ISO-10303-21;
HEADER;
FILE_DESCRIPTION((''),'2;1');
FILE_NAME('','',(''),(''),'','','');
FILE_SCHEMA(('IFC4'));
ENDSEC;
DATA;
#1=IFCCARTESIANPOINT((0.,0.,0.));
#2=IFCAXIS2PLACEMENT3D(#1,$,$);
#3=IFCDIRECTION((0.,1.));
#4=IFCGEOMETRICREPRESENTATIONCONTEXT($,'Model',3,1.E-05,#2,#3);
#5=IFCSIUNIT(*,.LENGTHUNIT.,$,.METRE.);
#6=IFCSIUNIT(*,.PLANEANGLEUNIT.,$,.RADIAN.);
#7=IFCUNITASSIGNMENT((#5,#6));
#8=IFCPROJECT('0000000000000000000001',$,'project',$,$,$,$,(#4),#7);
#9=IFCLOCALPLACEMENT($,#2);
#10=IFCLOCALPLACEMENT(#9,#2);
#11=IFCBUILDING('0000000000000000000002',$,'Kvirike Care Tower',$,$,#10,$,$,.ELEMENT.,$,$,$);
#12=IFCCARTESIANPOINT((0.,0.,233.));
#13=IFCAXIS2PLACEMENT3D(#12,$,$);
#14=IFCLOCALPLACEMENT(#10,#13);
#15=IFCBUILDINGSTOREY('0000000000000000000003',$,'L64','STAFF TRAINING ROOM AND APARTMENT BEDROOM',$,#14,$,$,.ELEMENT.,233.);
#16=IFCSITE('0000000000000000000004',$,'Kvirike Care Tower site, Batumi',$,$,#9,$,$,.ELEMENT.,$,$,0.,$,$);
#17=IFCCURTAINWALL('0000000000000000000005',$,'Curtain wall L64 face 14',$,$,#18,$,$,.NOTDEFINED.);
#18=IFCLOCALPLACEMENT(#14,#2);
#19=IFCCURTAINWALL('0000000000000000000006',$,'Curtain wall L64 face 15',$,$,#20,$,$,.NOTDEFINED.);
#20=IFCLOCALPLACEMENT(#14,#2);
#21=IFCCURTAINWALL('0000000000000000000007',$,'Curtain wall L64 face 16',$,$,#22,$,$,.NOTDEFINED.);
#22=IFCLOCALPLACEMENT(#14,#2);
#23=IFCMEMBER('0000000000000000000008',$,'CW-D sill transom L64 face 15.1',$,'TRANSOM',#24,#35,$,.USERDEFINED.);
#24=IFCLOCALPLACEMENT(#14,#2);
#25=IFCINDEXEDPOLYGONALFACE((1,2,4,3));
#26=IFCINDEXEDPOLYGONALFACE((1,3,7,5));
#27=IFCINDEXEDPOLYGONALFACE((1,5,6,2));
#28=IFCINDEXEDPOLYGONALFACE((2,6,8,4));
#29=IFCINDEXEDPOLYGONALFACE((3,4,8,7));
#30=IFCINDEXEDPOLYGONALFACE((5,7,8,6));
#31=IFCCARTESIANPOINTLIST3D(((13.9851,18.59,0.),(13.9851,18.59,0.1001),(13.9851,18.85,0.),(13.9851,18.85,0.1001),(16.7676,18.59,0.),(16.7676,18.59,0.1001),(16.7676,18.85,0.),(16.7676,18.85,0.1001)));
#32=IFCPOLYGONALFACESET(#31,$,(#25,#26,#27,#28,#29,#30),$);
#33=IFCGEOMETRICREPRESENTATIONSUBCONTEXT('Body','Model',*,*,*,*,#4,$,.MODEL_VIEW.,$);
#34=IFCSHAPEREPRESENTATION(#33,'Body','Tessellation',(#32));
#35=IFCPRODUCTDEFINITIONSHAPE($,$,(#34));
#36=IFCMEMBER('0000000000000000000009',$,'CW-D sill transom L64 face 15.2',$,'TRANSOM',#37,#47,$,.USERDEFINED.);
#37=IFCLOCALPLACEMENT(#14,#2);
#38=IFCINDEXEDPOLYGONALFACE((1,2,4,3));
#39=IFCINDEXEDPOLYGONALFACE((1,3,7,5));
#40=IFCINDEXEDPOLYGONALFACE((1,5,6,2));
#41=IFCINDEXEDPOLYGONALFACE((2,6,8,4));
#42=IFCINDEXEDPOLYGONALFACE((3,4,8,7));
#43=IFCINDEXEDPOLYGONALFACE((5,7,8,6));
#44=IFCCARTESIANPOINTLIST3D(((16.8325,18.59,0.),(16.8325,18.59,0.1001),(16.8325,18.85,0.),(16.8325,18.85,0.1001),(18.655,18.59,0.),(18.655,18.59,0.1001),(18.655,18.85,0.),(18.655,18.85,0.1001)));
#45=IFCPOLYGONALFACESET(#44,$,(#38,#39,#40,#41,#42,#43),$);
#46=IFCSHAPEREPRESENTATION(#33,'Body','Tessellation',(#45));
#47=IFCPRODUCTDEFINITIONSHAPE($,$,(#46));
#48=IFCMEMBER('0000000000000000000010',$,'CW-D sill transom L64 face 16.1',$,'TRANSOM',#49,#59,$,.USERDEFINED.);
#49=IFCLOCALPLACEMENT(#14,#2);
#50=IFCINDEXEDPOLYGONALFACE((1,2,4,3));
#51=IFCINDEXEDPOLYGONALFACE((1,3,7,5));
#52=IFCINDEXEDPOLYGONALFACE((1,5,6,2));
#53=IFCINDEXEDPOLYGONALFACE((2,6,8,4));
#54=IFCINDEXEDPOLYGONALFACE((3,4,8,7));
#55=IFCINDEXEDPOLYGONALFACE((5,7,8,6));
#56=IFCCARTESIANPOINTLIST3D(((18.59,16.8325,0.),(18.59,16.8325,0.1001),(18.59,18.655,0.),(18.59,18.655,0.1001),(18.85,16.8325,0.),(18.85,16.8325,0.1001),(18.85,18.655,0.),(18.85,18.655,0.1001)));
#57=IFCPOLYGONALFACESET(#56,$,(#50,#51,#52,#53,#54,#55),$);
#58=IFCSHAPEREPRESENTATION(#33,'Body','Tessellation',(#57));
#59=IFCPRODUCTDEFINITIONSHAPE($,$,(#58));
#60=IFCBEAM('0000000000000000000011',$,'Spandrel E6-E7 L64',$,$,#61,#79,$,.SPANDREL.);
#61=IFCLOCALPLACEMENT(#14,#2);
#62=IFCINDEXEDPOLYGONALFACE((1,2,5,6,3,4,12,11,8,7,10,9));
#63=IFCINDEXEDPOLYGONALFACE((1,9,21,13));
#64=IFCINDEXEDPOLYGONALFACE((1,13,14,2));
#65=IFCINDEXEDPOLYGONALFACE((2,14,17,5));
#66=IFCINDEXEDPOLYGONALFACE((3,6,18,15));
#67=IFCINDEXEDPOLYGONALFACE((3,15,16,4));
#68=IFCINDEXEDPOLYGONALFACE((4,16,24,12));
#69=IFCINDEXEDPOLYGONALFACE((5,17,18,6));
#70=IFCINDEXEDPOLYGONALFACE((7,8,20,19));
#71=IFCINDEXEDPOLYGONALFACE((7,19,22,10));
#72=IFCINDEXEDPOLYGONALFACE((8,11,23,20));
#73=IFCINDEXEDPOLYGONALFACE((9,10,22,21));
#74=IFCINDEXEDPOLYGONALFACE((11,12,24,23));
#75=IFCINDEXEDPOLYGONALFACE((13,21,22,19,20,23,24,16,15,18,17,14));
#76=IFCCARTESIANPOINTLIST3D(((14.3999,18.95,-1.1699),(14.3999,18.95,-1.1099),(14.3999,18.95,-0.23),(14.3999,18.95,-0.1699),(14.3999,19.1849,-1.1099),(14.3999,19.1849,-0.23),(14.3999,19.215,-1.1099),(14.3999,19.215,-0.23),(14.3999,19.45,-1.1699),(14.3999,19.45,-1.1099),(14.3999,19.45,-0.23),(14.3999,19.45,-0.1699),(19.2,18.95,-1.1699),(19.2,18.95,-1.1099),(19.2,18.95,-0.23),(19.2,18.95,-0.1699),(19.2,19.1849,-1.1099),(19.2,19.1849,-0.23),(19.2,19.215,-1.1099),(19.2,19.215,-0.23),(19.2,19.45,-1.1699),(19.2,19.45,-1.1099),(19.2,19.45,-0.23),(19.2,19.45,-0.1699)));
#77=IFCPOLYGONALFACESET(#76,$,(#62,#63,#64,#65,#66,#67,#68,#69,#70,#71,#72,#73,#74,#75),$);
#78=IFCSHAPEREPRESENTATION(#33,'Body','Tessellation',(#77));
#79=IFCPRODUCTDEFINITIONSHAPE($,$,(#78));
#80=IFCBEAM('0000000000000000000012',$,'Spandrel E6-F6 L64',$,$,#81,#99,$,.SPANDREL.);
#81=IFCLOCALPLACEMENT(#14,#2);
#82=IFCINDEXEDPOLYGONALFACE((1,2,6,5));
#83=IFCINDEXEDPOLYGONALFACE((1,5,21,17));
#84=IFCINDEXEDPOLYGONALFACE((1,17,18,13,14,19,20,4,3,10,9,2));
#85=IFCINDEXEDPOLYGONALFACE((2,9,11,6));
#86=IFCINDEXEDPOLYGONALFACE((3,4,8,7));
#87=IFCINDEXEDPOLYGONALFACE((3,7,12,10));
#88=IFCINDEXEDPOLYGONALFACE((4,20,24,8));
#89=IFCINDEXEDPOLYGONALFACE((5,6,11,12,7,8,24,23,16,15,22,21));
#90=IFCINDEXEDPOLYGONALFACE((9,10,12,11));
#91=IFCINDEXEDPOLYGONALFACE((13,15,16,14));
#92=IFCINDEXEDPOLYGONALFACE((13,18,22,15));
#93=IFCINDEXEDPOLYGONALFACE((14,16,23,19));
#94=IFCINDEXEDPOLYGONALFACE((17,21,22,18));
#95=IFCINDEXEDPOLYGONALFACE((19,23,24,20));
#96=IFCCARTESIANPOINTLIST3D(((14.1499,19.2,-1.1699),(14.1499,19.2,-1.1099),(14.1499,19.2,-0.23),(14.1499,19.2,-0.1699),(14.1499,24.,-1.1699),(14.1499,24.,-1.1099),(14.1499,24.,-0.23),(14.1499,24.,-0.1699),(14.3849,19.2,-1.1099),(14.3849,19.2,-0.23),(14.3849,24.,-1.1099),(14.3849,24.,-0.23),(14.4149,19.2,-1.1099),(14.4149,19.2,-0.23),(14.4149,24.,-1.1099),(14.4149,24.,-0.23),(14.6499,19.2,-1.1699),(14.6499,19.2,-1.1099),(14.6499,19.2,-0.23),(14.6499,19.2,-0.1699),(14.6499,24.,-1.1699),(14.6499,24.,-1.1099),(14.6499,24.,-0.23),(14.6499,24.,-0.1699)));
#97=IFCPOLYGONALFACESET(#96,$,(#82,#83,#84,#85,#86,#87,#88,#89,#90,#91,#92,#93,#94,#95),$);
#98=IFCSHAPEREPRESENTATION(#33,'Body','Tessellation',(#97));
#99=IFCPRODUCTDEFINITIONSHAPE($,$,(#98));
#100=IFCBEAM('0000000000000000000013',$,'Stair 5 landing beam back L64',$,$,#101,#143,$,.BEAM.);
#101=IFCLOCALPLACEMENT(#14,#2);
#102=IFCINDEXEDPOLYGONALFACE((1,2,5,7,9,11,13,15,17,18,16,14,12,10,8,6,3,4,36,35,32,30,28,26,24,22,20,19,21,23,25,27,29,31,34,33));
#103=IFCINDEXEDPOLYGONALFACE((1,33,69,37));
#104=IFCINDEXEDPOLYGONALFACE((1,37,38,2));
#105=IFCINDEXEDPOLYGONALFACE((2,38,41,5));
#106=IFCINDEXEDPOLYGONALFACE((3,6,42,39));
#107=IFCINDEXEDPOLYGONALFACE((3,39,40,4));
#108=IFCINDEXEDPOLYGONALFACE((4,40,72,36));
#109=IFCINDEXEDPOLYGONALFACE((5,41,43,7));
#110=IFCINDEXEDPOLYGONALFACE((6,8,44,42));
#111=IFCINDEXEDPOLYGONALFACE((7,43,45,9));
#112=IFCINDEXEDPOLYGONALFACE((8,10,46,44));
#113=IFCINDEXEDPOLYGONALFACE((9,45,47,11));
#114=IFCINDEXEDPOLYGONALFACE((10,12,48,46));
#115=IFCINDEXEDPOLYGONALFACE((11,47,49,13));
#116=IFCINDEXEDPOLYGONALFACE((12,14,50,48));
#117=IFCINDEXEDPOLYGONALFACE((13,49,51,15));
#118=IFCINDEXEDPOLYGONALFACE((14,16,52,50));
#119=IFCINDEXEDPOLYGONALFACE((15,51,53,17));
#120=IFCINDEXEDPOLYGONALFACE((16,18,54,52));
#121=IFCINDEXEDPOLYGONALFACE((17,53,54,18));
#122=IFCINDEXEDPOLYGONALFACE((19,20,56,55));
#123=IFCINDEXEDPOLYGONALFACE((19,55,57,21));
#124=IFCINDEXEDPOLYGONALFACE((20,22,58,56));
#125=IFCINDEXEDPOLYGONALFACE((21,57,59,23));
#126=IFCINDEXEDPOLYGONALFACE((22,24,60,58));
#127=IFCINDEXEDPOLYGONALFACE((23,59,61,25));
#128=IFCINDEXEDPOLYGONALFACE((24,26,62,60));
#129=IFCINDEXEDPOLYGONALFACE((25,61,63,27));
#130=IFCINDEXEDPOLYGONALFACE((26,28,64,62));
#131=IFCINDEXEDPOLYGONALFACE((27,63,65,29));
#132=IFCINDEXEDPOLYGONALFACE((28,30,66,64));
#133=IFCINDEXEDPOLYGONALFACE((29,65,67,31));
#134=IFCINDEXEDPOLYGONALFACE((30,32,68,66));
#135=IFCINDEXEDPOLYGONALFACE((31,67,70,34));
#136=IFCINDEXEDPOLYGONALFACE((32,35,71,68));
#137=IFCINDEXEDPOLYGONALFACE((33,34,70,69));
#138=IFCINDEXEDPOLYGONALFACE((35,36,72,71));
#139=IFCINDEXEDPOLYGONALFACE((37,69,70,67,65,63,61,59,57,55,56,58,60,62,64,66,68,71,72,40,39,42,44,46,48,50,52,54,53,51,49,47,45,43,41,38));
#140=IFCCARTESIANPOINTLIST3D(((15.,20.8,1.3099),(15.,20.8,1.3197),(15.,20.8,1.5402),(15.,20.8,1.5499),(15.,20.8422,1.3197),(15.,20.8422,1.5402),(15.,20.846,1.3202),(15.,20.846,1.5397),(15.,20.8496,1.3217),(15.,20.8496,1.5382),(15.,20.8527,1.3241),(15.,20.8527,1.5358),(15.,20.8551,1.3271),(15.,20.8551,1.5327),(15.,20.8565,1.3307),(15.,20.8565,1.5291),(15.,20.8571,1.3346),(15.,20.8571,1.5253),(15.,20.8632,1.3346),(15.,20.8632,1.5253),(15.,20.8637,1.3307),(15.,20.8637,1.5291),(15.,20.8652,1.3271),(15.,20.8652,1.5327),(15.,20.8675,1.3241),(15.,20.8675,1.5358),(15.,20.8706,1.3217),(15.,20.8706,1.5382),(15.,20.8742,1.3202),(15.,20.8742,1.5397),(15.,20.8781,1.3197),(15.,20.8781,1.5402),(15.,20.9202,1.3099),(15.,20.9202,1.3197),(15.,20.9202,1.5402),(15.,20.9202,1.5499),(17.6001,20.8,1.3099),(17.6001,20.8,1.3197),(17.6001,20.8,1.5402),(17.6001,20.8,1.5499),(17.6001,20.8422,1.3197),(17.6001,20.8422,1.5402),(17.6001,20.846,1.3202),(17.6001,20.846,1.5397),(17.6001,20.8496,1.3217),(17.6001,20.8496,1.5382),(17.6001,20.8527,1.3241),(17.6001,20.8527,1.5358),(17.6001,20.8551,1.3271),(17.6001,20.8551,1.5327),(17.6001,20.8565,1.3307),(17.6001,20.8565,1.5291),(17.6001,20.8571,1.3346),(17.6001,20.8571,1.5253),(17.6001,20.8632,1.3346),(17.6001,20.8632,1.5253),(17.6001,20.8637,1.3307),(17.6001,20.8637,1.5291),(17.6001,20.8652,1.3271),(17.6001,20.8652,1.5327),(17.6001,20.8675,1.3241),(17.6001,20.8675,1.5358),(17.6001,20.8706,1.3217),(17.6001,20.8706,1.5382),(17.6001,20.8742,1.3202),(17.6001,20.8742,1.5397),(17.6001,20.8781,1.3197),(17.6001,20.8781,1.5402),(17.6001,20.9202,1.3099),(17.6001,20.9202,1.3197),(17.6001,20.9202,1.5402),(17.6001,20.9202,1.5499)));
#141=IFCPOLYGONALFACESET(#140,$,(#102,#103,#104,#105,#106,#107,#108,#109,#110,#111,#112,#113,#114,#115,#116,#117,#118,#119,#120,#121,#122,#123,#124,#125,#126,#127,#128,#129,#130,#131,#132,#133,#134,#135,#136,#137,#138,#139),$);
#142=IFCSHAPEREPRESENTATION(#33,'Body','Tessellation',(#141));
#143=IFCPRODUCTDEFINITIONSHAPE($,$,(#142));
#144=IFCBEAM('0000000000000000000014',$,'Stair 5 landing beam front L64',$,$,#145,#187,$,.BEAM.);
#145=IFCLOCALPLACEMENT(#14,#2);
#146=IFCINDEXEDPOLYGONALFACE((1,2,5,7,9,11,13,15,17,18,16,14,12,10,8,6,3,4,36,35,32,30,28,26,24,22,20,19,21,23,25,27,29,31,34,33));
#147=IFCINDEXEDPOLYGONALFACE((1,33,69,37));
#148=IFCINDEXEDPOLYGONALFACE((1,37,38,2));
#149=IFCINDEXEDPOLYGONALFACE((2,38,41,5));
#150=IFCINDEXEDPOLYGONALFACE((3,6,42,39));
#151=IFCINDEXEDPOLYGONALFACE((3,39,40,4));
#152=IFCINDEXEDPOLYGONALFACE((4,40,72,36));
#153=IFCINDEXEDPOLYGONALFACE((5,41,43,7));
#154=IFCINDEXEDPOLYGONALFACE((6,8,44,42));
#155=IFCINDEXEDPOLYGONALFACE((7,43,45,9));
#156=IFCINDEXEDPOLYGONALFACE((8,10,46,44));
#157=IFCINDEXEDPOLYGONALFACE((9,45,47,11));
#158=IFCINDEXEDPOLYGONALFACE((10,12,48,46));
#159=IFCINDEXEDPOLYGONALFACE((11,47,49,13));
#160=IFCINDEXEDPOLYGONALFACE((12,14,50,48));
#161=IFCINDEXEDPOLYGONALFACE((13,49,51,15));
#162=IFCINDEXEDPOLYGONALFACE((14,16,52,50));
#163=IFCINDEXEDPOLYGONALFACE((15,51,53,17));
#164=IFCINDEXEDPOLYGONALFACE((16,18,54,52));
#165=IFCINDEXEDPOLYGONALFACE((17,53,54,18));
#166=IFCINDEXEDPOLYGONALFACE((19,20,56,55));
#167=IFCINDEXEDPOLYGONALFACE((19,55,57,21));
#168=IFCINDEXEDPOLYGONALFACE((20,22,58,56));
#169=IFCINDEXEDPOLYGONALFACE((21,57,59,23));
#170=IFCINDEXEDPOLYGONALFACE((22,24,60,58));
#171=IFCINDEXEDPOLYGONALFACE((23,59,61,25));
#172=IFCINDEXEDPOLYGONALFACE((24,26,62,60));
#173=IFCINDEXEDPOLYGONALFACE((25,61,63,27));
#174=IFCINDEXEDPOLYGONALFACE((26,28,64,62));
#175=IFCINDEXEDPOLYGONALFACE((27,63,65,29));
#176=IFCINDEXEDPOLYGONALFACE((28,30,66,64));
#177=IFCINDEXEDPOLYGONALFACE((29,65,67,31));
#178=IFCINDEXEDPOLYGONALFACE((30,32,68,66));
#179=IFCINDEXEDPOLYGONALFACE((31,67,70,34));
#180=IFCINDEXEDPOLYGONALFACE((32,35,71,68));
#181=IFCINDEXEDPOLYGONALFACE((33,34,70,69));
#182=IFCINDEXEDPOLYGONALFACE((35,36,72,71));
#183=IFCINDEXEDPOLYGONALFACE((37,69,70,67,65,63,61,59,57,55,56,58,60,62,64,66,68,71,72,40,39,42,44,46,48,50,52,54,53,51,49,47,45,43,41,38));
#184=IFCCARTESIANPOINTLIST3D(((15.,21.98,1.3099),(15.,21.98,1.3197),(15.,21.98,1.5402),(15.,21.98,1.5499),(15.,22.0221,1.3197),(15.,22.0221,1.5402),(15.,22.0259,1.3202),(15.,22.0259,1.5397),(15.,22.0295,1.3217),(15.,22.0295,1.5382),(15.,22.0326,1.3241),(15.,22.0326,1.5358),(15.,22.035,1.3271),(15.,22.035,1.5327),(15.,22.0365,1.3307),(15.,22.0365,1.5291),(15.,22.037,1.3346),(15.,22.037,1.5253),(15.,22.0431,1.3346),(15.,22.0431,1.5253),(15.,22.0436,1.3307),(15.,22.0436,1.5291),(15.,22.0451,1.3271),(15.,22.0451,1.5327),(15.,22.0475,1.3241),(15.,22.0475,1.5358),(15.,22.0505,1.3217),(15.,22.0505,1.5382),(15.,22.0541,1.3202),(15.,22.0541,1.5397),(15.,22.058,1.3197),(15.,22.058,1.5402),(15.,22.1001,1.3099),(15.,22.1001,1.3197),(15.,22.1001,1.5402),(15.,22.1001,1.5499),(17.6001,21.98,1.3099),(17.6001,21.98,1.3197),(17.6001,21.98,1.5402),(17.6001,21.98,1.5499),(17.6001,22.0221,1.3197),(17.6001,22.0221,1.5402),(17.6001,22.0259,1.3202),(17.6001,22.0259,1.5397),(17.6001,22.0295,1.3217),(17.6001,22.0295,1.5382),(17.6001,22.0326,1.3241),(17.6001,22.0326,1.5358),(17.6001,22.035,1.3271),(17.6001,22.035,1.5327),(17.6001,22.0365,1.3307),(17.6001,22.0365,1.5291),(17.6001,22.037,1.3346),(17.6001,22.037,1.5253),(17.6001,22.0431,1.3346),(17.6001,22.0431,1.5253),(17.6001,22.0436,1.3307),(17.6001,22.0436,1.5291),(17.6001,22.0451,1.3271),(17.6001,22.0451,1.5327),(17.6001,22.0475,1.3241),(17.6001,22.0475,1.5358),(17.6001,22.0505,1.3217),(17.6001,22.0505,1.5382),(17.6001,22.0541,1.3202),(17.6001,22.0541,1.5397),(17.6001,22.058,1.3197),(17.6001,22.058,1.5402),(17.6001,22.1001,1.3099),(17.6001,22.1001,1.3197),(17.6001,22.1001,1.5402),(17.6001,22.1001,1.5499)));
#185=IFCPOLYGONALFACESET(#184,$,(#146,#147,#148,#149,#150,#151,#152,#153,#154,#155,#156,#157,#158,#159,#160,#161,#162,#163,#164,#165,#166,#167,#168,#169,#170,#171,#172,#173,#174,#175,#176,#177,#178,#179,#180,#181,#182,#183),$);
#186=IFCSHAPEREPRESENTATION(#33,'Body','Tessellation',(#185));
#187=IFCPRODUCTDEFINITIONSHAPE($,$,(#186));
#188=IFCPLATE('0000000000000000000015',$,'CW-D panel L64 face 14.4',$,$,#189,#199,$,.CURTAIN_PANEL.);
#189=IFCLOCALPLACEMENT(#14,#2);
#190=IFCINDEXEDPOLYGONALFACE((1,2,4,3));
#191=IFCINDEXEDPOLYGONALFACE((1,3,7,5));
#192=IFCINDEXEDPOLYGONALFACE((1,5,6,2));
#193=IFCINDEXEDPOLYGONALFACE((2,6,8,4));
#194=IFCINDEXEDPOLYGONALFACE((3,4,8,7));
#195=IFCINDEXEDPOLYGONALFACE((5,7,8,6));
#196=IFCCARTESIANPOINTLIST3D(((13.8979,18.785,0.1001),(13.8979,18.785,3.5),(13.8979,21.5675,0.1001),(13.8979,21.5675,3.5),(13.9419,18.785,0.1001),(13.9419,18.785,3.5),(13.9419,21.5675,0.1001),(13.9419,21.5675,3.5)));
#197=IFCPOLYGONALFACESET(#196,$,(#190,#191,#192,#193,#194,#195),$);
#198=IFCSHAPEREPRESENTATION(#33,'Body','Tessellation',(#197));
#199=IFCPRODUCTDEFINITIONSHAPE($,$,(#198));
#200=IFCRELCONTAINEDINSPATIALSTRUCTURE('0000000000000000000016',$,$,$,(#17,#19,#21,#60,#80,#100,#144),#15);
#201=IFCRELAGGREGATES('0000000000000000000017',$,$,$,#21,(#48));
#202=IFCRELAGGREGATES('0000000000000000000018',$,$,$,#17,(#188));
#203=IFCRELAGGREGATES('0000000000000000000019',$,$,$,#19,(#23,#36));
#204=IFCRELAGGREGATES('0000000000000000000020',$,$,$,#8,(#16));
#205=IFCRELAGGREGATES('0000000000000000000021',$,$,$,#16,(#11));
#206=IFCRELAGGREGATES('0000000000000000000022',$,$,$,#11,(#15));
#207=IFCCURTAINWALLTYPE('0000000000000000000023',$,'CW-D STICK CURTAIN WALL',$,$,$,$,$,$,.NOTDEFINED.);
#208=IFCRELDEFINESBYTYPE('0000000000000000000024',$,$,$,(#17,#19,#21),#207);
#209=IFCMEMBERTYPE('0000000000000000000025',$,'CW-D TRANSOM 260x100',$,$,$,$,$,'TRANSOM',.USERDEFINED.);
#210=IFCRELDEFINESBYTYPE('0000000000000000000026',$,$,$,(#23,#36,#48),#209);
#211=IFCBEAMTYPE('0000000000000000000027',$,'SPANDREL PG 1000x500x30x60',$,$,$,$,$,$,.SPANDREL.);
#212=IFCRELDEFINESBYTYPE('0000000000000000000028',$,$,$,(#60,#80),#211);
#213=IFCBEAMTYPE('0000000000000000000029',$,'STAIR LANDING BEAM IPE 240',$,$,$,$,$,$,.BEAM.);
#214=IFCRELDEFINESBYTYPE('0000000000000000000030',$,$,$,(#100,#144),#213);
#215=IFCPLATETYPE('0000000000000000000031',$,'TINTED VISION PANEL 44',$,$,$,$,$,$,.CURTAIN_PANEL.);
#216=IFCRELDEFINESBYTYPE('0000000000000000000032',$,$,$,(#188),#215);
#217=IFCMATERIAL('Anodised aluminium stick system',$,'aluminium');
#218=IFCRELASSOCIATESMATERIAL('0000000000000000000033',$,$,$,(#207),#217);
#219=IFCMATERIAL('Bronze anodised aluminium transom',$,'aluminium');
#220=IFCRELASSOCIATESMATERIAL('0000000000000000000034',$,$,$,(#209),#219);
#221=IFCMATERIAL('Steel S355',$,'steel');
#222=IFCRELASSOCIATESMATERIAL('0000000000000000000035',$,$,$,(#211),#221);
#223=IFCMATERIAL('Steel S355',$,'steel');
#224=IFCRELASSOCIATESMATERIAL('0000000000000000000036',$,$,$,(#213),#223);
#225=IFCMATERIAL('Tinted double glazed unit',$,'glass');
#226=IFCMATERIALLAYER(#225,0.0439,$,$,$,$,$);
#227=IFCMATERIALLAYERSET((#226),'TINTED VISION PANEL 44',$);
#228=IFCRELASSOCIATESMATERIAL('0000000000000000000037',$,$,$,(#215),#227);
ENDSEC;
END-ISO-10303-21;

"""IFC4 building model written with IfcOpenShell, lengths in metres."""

from ifc_helpers import new_model, si_unit, direction, frame, origin, origin_2d, place, context, subcontext, project, spatial, rectangle, i_section, extrude, material, layer, layer_set, material_profile, profile_set, type_object, element, aggregate, save


model = new_model("IFC4")

# Units and contexts
model_context = context("Model", 3, precision=1e-05, world=origin(), true_north=direction((0.0, 1.0)))
body_context = subcontext(model_context, "Body", "Model", "MODEL_VIEW")
ifc_project = project(units=[si_unit("LENGTHUNIT", "METRE"), si_unit("PLANEANGLEUNIT", "RADIAN")], contexts=[model_context])

# Site, building, storey
site_placement = place(None, origin())
site = spatial("IfcSite", under=ifc_project, at=site_placement, Name="Kvirike Care Tower site, Batumi", CompositionType="ELEMENT", RefElevation=0.0)
building_placement = place(site_placement, origin())
building = spatial("IfcBuilding", under=site, at=building_placement, Name="Kvirike Care Tower", CompositionType="ELEMENT")
storey_placement = place(building_placement, frame((0.0, 0.0, 233.0)))
storey = spatial("IfcBuildingStorey", under=building, at=storey_placement, Name="L64", Description="STAFF TRAINING ROOM AND APARTMENT BEDROOM", CompositionType="ELEMENT", Elevation=233.0)

# Curtain walls
ifc_material_1 = material(Name="Anodised aluminium stick system", Category="aluminium")
curtain_wall_type = type_object("IfcCurtainWallType", Name="CW-D STICK CURTAIN WALL", PredefinedType="NOTDEFINED", material=ifc_material_1)
curtain_wall_1_placement = place(storey_placement, origin())
curtain_wall_1 = element("IfcCurtainWall", 1, at=curtain_wall_1_placement, inside=storey, type_object=curtain_wall_type, Name="Curtain wall L64 face 14", PredefinedType="NOTDEFINED")
curtain_wall_2_placement = place(storey_placement, origin())
curtain_wall_2 = element("IfcCurtainWall", 2, at=curtain_wall_2_placement, inside=storey, type_object=curtain_wall_type, Name="Curtain wall L64 face 15", PredefinedType="NOTDEFINED")

# Curtain wall
curtain_wall_3_placement = place(storey_placement, origin())
curtain_wall_3 = element("IfcCurtainWall", 3, at=curtain_wall_3_placement, inside=storey, type_object=curtain_wall_type, Name="Curtain wall L64 face 16", PredefinedType="NOTDEFINED")

# Members
ifc_material_2 = material(Name="Bronze anodised aluminium transom", Category="aluminium")
ifc_material_profile_1 = material_profile(ifc_material_2, rectangle(XDim=0.26, YDim=0.1001, at=origin_2d()), Name="CW-D TRANSOM 260x100")
ifc_profile_set_1 = profile_set([ifc_material_profile_1], Name="Bronze anodised aluminium transom")
member_type_1 = type_object("IfcMemberType", Name="CW-D TRANSOM 260x100", ElementType="TRANSOM", PredefinedType="USERDEFINED", material=ifc_profile_set_1)
member_1_placement = place(storey_placement, frame((13.9851, 18.72, 0.05), z_axis=(1.0, 0.0, 0.0), x_axis=(0.0, 1.0, 0.0)))
member_1 = element("IfcMember", 4, at=member_1_placement, type_object=member_type_1, Name="CW-D sill transom L64 face 15.1", ObjectType="TRANSOM", PredefinedType="USERDEFINED", context=body_context, shape_type="SweptSolid", body=[
    extrude(rectangle(XDim=0.26, YDim=0.1001, at=origin_2d()), origin(), (0.0, 0.0, 1.0), 2.7825),
])
member_2_placement = place(storey_placement, frame((16.8325, 18.72, 0.05), z_axis=(1.0, 0.0, 0.0), x_axis=(0.0, 1.0, 0.0)))
member_2 = element("IfcMember", 5, at=member_2_placement, type_object=member_type_1, Name="CW-D sill transom L64 face 15.2", ObjectType="TRANSOM", PredefinedType="USERDEFINED", context=body_context, shape_type="SweptSolid", body=[
    extrude(rectangle(XDim=0.26, YDim=0.1001, at=origin_2d()), origin(), (0.0, 0.0, 1.0), 1.8225),
])
member_3_placement = place(storey_placement, frame((18.72, 18.655, 0.05), z_axis=(0.0, -1.0, 0.0), x_axis=(1.0, 0.0, 0.0)))
member_3 = element("IfcMember", 6, at=member_3_placement, type_object=member_type_1, Name="CW-D sill transom L64 face 16.1", ObjectType="TRANSOM", PredefinedType="USERDEFINED", context=body_context, shape_type="SweptSolid", body=[
    extrude(rectangle(XDim=0.26, YDim=0.1001, at=origin_2d()), origin(), (0.0, 0.0, 1.0), 1.8225),
])
aggregate(curtain_wall_3, [member_3])

# Beams
ifc_material_3 = material(Name="Steel S355", Category="steel")
ifc_material_profile_2 = material_profile(ifc_material_3, i_section(OverallWidth=0.5, OverallDepth=1.0, WebThickness=0.03, FlangeThickness=0.0601, at=origin_2d()), Name="PG 1000x500x30x60")
ifc_profile_set_2 = profile_set([ifc_material_profile_2], Name="Steel S355")
beam_type_1 = type_object("IfcBeamType", Name="SPANDREL PG 1000x500x30x60", PredefinedType="SPANDREL", material=ifc_profile_set_2)
for number, where, z_axis, x_axis, name in (
    (7, (14.3999, 19.2, -0.6699), (1.0, 0.0, 0.0), (0.0, 1.0, 0.0), "Spandrel E6-E7 L64"),
    (8, (14.3999, 19.2, -0.6699), (0.0, 1.0, 0.0), (-1.0, 0.0, 0.0), "Spandrel E6-F6 L64"),
):
    element("IfcBeam", number, at=place(storey_placement, frame(where, z_axis=z_axis, x_axis=x_axis)), inside=storey, type_object=beam_type_1, Name=name, PredefinedType="SPANDREL", context=body_context, shape_type="SweptSolid", body=[
        extrude(i_section(OverallWidth=0.5, OverallDepth=1.0, WebThickness=0.03, FlangeThickness=0.0601, at=origin_2d()), origin(), (0.0, 0.0, 1.0), 4.8),
    ])
ifc_material_4 = material(Name="Steel S355", Category="steel")
ifc_material_profile_3 = material_profile(ifc_material_4, i_section(OverallWidth=0.1201, OverallDepth=0.24, WebThickness=0.0061, FlangeThickness=0.0098, FilletRadius=0.0149, at=origin_2d()), Name="IPE 240")
ifc_profile_set_3 = profile_set([ifc_material_profile_3], Name="Steel S355")
beam_type_2 = type_object("IfcBeamType", Name="STAIR LANDING BEAM IPE 240", PredefinedType="BEAM", material=ifc_profile_set_3)
for number, where, z_axis, x_axis, name in (
    (9, (15.0, 20.8601, 1.4299), (1.0, 0.0, 0.0), (0.0, 1.0, 0.0), "Stair 5 landing beam back L64"),
    (10, (15.0, 22.04, 1.4299), (1.0, 0.0, 0.0), (0.0, 1.0, 0.0), "Stair 5 landing beam front L64"),
):
    element("IfcBeam", number, at=place(storey_placement, frame(where, z_axis=z_axis, x_axis=x_axis)), inside=storey, type_object=beam_type_2, Name=name, PredefinedType="BEAM", context=body_context, shape_type="SweptSolid", body=[
        extrude(i_section(OverallWidth=0.1201, OverallDepth=0.24, WebThickness=0.0061, FlangeThickness=0.0098, FilletRadius=0.0149, at=origin_2d()), origin(), (0.0, 0.0, 1.0), 2.6001),
    ])

# Plate
ifc_material_5 = material(Name="Tinted double glazed unit", Category="glass")
ifc_layer_1 = layer(ifc_material_5, 0.0439)
ifc_layer_set_1 = layer_set([ifc_layer_1], Name="TINTED VISION PANEL 44")
plate_type = type_object("IfcPlateType", Name="TINTED VISION PANEL 44", PredefinedType="CURTAIN_PANEL", material=ifc_layer_set_1)
plate_1_placement = place(storey_placement, frame((13.9199, 20.1763, 0.1001), z_axis=(0.0, 0.0, 1.0), x_axis=(0.0, -1.0, 0.0)))
plate_1 = element("IfcPlate", 11, at=plate_1_placement, type_object=plate_type, Name="CW-D panel L64 face 14.4", PredefinedType="CURTAIN_PANEL", context=body_context, shape_type="SweptSolid", body=[
    extrude(rectangle(XDim=2.7825, YDim=0.0439, at=origin_2d()), origin(), (0.0, 0.0, 1.0), 3.3999),
])
aggregate(curtain_wall_1, [plate_1])
aggregate(curtain_wall_2, [member_1, member_2])

save(model, "model.ifc")
